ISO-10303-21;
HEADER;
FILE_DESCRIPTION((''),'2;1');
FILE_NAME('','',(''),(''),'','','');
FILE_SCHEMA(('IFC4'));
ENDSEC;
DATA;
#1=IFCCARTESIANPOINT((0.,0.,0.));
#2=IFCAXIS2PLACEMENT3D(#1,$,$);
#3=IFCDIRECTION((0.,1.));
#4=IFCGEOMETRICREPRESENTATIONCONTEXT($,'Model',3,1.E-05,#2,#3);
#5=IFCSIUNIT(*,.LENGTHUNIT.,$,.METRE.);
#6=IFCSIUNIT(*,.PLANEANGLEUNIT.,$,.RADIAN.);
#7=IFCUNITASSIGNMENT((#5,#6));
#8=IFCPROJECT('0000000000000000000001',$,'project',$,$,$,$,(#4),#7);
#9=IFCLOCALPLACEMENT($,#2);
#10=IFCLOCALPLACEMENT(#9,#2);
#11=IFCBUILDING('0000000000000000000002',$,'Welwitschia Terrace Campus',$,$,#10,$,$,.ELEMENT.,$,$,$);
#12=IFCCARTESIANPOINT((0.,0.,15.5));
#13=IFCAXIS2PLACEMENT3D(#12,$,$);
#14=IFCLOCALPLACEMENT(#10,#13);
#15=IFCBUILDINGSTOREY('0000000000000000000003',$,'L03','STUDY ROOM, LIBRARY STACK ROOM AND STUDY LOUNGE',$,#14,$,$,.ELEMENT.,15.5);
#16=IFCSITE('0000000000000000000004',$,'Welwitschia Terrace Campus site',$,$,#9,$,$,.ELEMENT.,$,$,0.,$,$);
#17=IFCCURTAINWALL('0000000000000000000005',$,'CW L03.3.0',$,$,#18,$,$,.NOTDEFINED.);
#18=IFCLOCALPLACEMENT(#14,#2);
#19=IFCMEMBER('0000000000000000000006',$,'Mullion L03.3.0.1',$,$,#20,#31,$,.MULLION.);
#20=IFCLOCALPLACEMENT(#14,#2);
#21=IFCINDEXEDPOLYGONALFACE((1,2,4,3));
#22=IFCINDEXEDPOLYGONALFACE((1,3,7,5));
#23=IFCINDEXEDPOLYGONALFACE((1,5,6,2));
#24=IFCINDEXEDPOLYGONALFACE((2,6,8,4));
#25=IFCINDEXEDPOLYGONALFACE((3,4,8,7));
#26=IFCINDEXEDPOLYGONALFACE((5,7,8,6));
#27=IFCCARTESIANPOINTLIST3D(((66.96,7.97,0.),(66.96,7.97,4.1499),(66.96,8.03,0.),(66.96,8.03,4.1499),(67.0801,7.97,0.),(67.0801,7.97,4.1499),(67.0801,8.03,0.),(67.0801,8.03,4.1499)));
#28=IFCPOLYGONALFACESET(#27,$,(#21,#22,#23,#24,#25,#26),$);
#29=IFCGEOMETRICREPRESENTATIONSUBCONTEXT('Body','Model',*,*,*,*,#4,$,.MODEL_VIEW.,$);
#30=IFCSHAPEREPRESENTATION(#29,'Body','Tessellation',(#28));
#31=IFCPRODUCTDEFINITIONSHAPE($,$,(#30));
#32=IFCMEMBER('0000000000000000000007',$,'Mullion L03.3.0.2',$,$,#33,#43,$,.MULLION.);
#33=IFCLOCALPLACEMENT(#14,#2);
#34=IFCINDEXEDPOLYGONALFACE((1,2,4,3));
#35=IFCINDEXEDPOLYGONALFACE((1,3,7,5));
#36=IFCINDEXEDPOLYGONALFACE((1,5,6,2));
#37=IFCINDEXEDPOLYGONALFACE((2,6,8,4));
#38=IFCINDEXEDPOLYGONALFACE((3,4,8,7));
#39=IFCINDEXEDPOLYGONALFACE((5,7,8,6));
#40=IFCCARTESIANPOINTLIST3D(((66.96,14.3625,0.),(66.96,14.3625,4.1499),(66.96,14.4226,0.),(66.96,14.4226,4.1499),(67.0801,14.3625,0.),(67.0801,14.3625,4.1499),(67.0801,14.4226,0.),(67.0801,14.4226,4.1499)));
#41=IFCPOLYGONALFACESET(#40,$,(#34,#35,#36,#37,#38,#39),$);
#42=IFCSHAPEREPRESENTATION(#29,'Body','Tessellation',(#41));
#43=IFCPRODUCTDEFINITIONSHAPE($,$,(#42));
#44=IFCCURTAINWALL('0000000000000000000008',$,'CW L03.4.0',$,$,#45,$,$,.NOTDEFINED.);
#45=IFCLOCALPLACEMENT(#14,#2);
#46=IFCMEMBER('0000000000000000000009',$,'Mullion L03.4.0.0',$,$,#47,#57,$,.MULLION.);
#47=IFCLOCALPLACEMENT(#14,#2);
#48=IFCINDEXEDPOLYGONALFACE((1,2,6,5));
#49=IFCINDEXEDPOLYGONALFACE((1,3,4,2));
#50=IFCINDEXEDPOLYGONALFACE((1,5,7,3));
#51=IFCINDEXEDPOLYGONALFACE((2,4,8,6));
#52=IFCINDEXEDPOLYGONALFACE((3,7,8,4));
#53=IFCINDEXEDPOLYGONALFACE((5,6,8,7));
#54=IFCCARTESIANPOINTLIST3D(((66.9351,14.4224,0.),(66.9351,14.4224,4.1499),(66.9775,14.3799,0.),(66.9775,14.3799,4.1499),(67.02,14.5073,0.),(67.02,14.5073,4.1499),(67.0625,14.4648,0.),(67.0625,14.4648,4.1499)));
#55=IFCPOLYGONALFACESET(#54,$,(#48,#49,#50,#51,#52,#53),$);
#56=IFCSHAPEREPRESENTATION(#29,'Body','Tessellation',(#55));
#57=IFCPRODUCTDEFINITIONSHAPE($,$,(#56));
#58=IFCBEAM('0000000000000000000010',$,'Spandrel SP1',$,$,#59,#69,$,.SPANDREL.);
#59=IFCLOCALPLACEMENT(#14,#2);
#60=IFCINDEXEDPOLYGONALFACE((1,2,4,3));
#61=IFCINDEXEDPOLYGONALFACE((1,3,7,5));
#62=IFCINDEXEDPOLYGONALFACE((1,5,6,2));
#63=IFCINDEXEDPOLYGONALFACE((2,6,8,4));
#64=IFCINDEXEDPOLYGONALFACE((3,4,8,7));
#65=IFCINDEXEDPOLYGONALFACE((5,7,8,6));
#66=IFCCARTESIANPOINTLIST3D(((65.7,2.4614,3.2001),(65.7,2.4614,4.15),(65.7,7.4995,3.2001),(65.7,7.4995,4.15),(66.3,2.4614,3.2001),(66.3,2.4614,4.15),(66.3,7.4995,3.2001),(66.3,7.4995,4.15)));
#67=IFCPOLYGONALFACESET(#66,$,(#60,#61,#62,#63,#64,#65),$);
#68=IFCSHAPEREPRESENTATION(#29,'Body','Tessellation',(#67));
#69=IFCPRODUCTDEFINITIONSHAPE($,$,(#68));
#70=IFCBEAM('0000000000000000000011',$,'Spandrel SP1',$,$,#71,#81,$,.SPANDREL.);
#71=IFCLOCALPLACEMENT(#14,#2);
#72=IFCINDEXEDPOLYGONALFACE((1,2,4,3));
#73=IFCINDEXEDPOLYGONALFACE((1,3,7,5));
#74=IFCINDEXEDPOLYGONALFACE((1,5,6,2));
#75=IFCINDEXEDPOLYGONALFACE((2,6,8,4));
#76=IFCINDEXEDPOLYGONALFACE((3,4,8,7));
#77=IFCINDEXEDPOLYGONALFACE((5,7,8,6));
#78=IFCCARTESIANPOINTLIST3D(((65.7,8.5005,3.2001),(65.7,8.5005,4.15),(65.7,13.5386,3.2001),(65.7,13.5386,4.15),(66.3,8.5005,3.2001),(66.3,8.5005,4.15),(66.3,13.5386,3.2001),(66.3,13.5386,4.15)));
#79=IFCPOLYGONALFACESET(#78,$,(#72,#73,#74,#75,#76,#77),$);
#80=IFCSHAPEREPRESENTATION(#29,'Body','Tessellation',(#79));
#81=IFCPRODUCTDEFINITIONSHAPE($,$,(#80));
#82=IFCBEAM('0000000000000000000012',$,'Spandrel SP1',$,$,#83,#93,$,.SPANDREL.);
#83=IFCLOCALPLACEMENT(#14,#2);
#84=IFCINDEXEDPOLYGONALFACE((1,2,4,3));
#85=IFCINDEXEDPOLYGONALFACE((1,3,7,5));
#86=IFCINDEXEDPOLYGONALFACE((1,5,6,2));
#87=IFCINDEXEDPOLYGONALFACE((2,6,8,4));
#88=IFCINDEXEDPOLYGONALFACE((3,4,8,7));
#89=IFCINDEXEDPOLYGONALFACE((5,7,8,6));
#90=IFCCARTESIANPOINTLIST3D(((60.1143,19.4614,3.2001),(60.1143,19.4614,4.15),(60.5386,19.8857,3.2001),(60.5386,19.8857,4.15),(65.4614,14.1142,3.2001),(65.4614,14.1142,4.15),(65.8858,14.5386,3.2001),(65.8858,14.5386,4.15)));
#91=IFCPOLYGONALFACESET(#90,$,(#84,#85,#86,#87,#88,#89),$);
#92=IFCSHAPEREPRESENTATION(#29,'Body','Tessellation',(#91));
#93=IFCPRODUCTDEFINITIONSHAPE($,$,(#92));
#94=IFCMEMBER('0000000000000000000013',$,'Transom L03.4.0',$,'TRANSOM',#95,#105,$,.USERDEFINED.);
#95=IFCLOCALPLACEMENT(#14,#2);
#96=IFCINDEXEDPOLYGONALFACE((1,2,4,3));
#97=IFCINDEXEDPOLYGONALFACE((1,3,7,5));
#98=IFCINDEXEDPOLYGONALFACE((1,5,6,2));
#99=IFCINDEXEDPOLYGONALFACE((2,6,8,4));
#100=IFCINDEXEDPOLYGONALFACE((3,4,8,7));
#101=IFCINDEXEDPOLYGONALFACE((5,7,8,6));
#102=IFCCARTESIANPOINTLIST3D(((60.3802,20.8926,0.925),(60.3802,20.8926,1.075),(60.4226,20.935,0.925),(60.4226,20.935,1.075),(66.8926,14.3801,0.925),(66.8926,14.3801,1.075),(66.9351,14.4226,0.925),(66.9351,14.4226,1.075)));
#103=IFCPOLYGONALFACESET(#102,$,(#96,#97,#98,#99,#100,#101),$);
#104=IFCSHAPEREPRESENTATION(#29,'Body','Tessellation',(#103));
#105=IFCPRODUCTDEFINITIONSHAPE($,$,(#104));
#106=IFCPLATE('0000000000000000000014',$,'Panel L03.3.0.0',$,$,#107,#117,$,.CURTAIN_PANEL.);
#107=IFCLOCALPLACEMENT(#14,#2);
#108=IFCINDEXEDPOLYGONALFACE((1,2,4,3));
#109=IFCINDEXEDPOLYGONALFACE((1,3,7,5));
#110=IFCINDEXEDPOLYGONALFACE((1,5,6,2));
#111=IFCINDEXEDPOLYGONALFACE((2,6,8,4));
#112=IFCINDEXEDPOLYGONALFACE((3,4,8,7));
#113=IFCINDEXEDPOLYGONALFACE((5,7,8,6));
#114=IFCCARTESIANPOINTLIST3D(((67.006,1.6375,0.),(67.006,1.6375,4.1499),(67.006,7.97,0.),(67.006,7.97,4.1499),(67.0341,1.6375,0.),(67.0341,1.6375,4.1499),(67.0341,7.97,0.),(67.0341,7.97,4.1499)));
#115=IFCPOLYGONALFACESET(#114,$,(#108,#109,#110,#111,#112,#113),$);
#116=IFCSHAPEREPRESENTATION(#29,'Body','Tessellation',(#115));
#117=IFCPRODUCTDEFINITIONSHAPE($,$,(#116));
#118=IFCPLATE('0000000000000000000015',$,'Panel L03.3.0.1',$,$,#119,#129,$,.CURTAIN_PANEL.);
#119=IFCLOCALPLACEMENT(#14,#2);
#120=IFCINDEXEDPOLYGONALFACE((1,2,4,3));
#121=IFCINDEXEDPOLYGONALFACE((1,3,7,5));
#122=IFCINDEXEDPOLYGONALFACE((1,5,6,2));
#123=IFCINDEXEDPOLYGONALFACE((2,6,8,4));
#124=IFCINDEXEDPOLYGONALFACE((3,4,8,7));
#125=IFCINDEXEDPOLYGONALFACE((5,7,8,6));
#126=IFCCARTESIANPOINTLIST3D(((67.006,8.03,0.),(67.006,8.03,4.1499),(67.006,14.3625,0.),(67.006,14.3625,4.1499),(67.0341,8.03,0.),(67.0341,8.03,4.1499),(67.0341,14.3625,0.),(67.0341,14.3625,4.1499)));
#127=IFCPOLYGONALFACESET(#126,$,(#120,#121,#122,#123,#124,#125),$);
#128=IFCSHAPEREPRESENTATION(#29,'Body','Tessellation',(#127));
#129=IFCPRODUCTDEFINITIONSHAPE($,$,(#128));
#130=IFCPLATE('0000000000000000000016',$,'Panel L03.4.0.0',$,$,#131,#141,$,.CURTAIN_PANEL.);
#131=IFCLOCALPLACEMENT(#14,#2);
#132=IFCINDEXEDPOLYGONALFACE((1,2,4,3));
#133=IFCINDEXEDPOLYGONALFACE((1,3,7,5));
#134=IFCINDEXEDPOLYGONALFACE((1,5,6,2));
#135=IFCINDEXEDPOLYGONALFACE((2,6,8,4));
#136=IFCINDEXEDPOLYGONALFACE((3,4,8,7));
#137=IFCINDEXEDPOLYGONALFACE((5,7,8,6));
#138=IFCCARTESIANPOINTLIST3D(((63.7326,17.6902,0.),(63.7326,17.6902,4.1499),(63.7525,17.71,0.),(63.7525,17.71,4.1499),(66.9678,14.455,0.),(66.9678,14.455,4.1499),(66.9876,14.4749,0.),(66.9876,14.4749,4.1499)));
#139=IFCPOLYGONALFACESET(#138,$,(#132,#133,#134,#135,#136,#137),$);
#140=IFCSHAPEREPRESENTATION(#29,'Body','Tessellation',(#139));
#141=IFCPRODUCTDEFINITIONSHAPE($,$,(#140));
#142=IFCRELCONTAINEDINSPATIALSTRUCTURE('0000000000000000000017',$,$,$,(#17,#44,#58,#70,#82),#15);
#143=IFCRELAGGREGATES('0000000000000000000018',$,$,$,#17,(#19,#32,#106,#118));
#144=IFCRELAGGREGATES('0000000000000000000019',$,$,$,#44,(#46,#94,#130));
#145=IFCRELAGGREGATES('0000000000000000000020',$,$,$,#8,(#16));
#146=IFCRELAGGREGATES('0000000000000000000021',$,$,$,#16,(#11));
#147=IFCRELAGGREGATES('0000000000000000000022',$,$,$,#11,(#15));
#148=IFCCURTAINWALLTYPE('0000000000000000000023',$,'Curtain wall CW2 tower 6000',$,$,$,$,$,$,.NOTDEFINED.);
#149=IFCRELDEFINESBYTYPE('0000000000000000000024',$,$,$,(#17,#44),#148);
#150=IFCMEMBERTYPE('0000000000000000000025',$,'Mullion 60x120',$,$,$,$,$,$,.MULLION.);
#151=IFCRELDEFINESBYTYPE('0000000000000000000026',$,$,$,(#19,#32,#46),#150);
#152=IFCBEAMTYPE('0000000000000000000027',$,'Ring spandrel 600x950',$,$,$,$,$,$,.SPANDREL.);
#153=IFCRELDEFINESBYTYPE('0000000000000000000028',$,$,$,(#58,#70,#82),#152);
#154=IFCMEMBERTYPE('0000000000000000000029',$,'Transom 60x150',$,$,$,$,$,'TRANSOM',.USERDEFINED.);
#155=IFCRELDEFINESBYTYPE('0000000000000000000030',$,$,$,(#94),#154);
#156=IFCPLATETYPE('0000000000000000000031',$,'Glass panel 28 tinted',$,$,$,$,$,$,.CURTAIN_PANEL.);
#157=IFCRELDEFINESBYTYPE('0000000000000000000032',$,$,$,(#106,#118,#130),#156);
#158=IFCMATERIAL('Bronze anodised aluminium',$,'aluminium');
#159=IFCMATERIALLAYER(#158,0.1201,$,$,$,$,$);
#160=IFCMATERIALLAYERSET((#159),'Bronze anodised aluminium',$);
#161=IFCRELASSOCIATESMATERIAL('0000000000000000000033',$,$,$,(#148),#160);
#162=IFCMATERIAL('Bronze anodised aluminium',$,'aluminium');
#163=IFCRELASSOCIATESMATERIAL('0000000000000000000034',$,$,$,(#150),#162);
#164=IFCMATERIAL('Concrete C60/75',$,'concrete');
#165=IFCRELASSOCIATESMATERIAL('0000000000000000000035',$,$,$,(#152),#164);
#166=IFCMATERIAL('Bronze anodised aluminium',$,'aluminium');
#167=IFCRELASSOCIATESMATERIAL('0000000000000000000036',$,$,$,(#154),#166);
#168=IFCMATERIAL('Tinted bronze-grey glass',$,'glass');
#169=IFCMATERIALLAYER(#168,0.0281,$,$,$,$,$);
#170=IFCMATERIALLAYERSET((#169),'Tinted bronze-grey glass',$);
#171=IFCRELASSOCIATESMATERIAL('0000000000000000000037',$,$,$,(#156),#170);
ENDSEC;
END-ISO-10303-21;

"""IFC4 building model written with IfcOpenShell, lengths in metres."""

from ifc_helpers import new_model, si_unit, direction, frame, origin, origin_2d, place, context, subcontext, project, spatial, rectangle, extrude, material, layer, layer_set, material_profile, profile_set, type_object, element, aggregate, save


model = new_model("IFC4")

# Units and contexts
model_context = context("Model", 3, precision=1e-05, world=origin(), true_north=direction((0.0, 1.0)))
body_context = subcontext(model_context, "Body", "Model", "MODEL_VIEW")
ifc_project = project(units=[si_unit("LENGTHUNIT", "METRE"), si_unit("PLANEANGLEUNIT", "RADIAN")], contexts=[model_context])

# Site, building, storey
site_placement = place(None, origin())
site = spatial("IfcSite", under=ifc_project, at=site_placement, Name="Welwitschia Terrace Campus site", CompositionType="ELEMENT", RefElevation=0.0)
building_placement = place(site_placement, origin())
building = spatial("IfcBuilding", under=site, at=building_placement, Name="Welwitschia Terrace Campus", CompositionType="ELEMENT")
storey_placement = place(building_placement, frame((0.0, 0.0, 15.5)))
storey = spatial("IfcBuildingStorey", under=building, at=storey_placement, Name="L03", Description="STUDY ROOM, LIBRARY STACK ROOM AND STUDY LOUNGE", CompositionType="ELEMENT", Elevation=15.5)

# Curtain wall, members
ifc_material_1 = material(Name="Bronze anodised aluminium", Category="aluminium")
ifc_layer_1 = layer(ifc_material_1, 0.1201)
ifc_layer_set_1 = layer_set([ifc_layer_1], Name="Bronze anodised aluminium")
curtain_wall_type = type_object("IfcCurtainWallType", Name="Curtain wall CW2 tower 6000", PredefinedType="NOTDEFINED", material=ifc_layer_set_1)
curtain_wall_1_placement = place(storey_placement, origin())
curtain_wall_1 = element("IfcCurtainWall", 1, at=curtain_wall_1_placement, inside=storey, type_object=curtain_wall_type, Name="CW L03.3.0", PredefinedType="NOTDEFINED")
ifc_material_2 = material(Name="Bronze anodised aluminium", Category="aluminium")
ifc_material_profile_1 = material_profile(ifc_material_2, rectangle(XDim=0.1201, YDim=0.0601, at=origin_2d()))
ifc_profile_set_1 = profile_set([ifc_material_profile_1], Name="Bronze anodised aluminium")
member_type_1 = type_object("IfcMemberType", Name="Mullion 60x120", PredefinedType="MULLION", material=ifc_profile_set_1)
member_1_placement = place(storey_placement, frame((67.02, 8.0, 0.0), z_axis=(0.0, 0.0, 1.0), x_axis=(-1.0, 0.0, 0.0)))
member_1 = element("IfcMember", 2, at=member_1_placement, type_object=member_type_1, Name="Mullion L03.3.0.1", PredefinedType="MULLION", context=body_context, shape_type="SweptSolid", body=[
    extrude(rectangle(XDim=0.1201, YDim=0.0601, at=origin_2d()), origin(), (0.0, 0.0, 1.0), 4.1499),
])
member_2_placement = place(storey_placement, frame((67.02, 14.3926, 0.0), z_axis=(0.0, 0.0, 1.0), x_axis=(-1.0, 0.0, 0.0)))
member_2 = element("IfcMember", 3, at=member_2_placement, type_object=member_type_1, Name="Mullion L03.3.0.2", PredefinedType="MULLION", context=body_context, shape_type="SweptSolid", body=[
    extrude(rectangle(XDim=0.1201, YDim=0.0601, at=origin_2d()), origin(), (0.0, 0.0, 1.0), 4.1499),
])

# Curtain wall, member
curtain_wall_2_placement = place(storey_placement, origin())
curtain_wall_2 = element("IfcCurtainWall", 4, at=curtain_wall_2_placement, inside=storey, type_object=curtain_wall_type, Name="CW L03.4.0", PredefinedType="NOTDEFINED")
member_3_placement = place(storey_placement, frame((66.9988, 14.4436, 0.0), z_axis=(0.0, 0.0, 1.0), x_axis=(-0.707107, -0.707107, 0.0)))
member_3 = element("IfcMember", 5, at=member_3_placement, type_object=member_type_1, Name="Mullion L03.4.0.0", PredefinedType="MULLION", context=body_context, shape_type="SweptSolid", body=[
    extrude(rectangle(XDim=0.1201, YDim=0.0601, at=origin_2d()), origin(), (0.0, 0.0, 1.0), 4.1499),
])

# Beams
ifc_material_3 = material(Name="Concrete C60/75", Category="concrete")
ifc_material_profile_2 = material_profile(ifc_material_3, rectangle(XDim=0.6001, YDim=0.95, at=origin_2d()))
ifc_profile_set_2 = profile_set([ifc_material_profile_2], Name="Concrete C60/75")
beam_type_1 = type_object("IfcBeamType", Name="Ring spandrel 600x950", PredefinedType="SPANDREL", material=ifc_profile_set_2)
for number, where, z_axis, x_axis, name in (
    (6, (66.0, 2.4614, 3.675), (0.0, 1.0, 0.0), (-1.0, 0.0, 0.0), "Spandrel SP1"),
    (7, (66.0, 8.5005, 3.675), (0.0, 1.0, 0.0), (-1.0, 0.0, 0.0), "Spandrel SP1"),
):
    element("IfcBeam", number, at=place(storey_placement, frame(where, z_axis=z_axis, x_axis=x_axis)), inside=storey, type_object=beam_type_1, Name=name, PredefinedType="SPANDREL", context=body_context, shape_type="SweptSolid", body=[
        extrude(rectangle(XDim=0.6001, YDim=0.95, at=origin_2d()), origin(), (0.0, 0.0, 1.0), 5.0381),
    ])
beam_1_placement = place(storey_placement, frame((65.6736, 14.3264, 3.675), z_axis=(-0.707107, 0.707107, 0.0), x_axis=(-0.707107, -0.707107, 0.0)))
element("IfcBeam", 8, at=beam_1_placement, inside=storey, type_object=beam_type_1, Name="Spandrel SP1", PredefinedType="SPANDREL", context=body_context, shape_type="SweptSolid", body=[
    extrude(rectangle(XDim=0.6001, YDim=0.95, at=origin_2d()), origin(), (0.0, 0.0, 1.0), 7.562),
])

# Member
ifc_material_4 = material(Name="Bronze anodised aluminium", Category="aluminium")
ifc_material_profile_3 = material_profile(ifc_material_4, rectangle(XDim=0.0601, YDim=0.1499, at=origin_2d()))
ifc_profile_set_3 = profile_set([ifc_material_profile_3], Name="Bronze anodised aluminium")
member_type_2 = type_object("IfcMemberType", Name="Transom 60x150", ElementType="TRANSOM", PredefinedType="USERDEFINED", material=ifc_profile_set_3)
member_4_placement = place(storey_placement, frame((66.9138, 14.4014, 1.0), z_axis=(-0.707107, 0.707107, 0.0), x_axis=(-0.707107, -0.707107, 0.0)))
member_4 = element("IfcMember", 9, at=member_4_placement, type_object=member_type_2, Name="Transom L03.4.0", ObjectType="TRANSOM", PredefinedType="USERDEFINED", context=body_context, shape_type="SweptSolid", body=[
    extrude(rectangle(XDim=0.0601, YDim=0.1499, at=origin_2d()), origin(), (0.0, 0.0, 1.0), 9.21),
])

# Plates
ifc_material_5 = material(Name="Tinted bronze-grey glass", Category="glass")
ifc_layer_2 = layer(ifc_material_5, 0.0281)
ifc_layer_set_2 = layer_set([ifc_layer_2], Name="Tinted bronze-grey glass")
plate_type = type_object("IfcPlateType", Name="Glass panel 28 tinted", PredefinedType="CURTAIN_PANEL", material=ifc_layer_set_2)
plate_1_placement = place(storey_placement, frame((67.02, 4.8037, 0.0), z_axis=(0.0, 0.0, 1.0), x_axis=(0.0, 1.0, 0.0)))
plate_1 = element("IfcPlate", 10, at=plate_1_placement, type_object=plate_type, Name="Panel L03.3.0.0", PredefinedType="CURTAIN_PANEL", context=body_context, shape_type="SweptSolid", body=[
    extrude(rectangle(XDim=6.3325, YDim=0.0281, at=origin_2d()), origin(), (0.0, 0.0, 1.0), 4.1499),
])
plate_2_placement = place(storey_placement, frame((67.02, 11.1963, 0.0), z_axis=(0.0, 0.0, 1.0), x_axis=(0.0, 1.0, 0.0)))
plate_2 = element("IfcPlate", 11, at=plate_2_placement, type_object=plate_type, Name="Panel L03.3.0.1", PredefinedType="CURTAIN_PANEL", context=body_context, shape_type="SweptSolid", body=[
    extrude(rectangle(XDim=6.3325, YDim=0.0281, at=origin_2d()), origin(), (0.0, 0.0, 1.0), 4.1499),
])
aggregate(curtain_wall_1, [member_1, member_2, plate_1, plate_2])
plate_3_placement = place(storey_placement, frame((65.3601, 16.0825, 0.0), z_axis=(0.0, 0.0, 1.0), x_axis=(-0.707107, 0.707107, 0.0)))
plate_3 = element("IfcPlate", 12, at=plate_3_placement, type_object=plate_type, Name="Panel L03.4.0.0", PredefinedType="CURTAIN_PANEL", context=body_context, shape_type="SweptSolid", body=[
    extrude(rectangle(XDim=4.5752, YDim=0.0281, at=origin_2d()), origin(), (0.0, 0.0, 1.0), 4.1499),
])
aggregate(curtain_wall_2, [member_3, member_4, plate_3])

save(model, "model.ifc")
